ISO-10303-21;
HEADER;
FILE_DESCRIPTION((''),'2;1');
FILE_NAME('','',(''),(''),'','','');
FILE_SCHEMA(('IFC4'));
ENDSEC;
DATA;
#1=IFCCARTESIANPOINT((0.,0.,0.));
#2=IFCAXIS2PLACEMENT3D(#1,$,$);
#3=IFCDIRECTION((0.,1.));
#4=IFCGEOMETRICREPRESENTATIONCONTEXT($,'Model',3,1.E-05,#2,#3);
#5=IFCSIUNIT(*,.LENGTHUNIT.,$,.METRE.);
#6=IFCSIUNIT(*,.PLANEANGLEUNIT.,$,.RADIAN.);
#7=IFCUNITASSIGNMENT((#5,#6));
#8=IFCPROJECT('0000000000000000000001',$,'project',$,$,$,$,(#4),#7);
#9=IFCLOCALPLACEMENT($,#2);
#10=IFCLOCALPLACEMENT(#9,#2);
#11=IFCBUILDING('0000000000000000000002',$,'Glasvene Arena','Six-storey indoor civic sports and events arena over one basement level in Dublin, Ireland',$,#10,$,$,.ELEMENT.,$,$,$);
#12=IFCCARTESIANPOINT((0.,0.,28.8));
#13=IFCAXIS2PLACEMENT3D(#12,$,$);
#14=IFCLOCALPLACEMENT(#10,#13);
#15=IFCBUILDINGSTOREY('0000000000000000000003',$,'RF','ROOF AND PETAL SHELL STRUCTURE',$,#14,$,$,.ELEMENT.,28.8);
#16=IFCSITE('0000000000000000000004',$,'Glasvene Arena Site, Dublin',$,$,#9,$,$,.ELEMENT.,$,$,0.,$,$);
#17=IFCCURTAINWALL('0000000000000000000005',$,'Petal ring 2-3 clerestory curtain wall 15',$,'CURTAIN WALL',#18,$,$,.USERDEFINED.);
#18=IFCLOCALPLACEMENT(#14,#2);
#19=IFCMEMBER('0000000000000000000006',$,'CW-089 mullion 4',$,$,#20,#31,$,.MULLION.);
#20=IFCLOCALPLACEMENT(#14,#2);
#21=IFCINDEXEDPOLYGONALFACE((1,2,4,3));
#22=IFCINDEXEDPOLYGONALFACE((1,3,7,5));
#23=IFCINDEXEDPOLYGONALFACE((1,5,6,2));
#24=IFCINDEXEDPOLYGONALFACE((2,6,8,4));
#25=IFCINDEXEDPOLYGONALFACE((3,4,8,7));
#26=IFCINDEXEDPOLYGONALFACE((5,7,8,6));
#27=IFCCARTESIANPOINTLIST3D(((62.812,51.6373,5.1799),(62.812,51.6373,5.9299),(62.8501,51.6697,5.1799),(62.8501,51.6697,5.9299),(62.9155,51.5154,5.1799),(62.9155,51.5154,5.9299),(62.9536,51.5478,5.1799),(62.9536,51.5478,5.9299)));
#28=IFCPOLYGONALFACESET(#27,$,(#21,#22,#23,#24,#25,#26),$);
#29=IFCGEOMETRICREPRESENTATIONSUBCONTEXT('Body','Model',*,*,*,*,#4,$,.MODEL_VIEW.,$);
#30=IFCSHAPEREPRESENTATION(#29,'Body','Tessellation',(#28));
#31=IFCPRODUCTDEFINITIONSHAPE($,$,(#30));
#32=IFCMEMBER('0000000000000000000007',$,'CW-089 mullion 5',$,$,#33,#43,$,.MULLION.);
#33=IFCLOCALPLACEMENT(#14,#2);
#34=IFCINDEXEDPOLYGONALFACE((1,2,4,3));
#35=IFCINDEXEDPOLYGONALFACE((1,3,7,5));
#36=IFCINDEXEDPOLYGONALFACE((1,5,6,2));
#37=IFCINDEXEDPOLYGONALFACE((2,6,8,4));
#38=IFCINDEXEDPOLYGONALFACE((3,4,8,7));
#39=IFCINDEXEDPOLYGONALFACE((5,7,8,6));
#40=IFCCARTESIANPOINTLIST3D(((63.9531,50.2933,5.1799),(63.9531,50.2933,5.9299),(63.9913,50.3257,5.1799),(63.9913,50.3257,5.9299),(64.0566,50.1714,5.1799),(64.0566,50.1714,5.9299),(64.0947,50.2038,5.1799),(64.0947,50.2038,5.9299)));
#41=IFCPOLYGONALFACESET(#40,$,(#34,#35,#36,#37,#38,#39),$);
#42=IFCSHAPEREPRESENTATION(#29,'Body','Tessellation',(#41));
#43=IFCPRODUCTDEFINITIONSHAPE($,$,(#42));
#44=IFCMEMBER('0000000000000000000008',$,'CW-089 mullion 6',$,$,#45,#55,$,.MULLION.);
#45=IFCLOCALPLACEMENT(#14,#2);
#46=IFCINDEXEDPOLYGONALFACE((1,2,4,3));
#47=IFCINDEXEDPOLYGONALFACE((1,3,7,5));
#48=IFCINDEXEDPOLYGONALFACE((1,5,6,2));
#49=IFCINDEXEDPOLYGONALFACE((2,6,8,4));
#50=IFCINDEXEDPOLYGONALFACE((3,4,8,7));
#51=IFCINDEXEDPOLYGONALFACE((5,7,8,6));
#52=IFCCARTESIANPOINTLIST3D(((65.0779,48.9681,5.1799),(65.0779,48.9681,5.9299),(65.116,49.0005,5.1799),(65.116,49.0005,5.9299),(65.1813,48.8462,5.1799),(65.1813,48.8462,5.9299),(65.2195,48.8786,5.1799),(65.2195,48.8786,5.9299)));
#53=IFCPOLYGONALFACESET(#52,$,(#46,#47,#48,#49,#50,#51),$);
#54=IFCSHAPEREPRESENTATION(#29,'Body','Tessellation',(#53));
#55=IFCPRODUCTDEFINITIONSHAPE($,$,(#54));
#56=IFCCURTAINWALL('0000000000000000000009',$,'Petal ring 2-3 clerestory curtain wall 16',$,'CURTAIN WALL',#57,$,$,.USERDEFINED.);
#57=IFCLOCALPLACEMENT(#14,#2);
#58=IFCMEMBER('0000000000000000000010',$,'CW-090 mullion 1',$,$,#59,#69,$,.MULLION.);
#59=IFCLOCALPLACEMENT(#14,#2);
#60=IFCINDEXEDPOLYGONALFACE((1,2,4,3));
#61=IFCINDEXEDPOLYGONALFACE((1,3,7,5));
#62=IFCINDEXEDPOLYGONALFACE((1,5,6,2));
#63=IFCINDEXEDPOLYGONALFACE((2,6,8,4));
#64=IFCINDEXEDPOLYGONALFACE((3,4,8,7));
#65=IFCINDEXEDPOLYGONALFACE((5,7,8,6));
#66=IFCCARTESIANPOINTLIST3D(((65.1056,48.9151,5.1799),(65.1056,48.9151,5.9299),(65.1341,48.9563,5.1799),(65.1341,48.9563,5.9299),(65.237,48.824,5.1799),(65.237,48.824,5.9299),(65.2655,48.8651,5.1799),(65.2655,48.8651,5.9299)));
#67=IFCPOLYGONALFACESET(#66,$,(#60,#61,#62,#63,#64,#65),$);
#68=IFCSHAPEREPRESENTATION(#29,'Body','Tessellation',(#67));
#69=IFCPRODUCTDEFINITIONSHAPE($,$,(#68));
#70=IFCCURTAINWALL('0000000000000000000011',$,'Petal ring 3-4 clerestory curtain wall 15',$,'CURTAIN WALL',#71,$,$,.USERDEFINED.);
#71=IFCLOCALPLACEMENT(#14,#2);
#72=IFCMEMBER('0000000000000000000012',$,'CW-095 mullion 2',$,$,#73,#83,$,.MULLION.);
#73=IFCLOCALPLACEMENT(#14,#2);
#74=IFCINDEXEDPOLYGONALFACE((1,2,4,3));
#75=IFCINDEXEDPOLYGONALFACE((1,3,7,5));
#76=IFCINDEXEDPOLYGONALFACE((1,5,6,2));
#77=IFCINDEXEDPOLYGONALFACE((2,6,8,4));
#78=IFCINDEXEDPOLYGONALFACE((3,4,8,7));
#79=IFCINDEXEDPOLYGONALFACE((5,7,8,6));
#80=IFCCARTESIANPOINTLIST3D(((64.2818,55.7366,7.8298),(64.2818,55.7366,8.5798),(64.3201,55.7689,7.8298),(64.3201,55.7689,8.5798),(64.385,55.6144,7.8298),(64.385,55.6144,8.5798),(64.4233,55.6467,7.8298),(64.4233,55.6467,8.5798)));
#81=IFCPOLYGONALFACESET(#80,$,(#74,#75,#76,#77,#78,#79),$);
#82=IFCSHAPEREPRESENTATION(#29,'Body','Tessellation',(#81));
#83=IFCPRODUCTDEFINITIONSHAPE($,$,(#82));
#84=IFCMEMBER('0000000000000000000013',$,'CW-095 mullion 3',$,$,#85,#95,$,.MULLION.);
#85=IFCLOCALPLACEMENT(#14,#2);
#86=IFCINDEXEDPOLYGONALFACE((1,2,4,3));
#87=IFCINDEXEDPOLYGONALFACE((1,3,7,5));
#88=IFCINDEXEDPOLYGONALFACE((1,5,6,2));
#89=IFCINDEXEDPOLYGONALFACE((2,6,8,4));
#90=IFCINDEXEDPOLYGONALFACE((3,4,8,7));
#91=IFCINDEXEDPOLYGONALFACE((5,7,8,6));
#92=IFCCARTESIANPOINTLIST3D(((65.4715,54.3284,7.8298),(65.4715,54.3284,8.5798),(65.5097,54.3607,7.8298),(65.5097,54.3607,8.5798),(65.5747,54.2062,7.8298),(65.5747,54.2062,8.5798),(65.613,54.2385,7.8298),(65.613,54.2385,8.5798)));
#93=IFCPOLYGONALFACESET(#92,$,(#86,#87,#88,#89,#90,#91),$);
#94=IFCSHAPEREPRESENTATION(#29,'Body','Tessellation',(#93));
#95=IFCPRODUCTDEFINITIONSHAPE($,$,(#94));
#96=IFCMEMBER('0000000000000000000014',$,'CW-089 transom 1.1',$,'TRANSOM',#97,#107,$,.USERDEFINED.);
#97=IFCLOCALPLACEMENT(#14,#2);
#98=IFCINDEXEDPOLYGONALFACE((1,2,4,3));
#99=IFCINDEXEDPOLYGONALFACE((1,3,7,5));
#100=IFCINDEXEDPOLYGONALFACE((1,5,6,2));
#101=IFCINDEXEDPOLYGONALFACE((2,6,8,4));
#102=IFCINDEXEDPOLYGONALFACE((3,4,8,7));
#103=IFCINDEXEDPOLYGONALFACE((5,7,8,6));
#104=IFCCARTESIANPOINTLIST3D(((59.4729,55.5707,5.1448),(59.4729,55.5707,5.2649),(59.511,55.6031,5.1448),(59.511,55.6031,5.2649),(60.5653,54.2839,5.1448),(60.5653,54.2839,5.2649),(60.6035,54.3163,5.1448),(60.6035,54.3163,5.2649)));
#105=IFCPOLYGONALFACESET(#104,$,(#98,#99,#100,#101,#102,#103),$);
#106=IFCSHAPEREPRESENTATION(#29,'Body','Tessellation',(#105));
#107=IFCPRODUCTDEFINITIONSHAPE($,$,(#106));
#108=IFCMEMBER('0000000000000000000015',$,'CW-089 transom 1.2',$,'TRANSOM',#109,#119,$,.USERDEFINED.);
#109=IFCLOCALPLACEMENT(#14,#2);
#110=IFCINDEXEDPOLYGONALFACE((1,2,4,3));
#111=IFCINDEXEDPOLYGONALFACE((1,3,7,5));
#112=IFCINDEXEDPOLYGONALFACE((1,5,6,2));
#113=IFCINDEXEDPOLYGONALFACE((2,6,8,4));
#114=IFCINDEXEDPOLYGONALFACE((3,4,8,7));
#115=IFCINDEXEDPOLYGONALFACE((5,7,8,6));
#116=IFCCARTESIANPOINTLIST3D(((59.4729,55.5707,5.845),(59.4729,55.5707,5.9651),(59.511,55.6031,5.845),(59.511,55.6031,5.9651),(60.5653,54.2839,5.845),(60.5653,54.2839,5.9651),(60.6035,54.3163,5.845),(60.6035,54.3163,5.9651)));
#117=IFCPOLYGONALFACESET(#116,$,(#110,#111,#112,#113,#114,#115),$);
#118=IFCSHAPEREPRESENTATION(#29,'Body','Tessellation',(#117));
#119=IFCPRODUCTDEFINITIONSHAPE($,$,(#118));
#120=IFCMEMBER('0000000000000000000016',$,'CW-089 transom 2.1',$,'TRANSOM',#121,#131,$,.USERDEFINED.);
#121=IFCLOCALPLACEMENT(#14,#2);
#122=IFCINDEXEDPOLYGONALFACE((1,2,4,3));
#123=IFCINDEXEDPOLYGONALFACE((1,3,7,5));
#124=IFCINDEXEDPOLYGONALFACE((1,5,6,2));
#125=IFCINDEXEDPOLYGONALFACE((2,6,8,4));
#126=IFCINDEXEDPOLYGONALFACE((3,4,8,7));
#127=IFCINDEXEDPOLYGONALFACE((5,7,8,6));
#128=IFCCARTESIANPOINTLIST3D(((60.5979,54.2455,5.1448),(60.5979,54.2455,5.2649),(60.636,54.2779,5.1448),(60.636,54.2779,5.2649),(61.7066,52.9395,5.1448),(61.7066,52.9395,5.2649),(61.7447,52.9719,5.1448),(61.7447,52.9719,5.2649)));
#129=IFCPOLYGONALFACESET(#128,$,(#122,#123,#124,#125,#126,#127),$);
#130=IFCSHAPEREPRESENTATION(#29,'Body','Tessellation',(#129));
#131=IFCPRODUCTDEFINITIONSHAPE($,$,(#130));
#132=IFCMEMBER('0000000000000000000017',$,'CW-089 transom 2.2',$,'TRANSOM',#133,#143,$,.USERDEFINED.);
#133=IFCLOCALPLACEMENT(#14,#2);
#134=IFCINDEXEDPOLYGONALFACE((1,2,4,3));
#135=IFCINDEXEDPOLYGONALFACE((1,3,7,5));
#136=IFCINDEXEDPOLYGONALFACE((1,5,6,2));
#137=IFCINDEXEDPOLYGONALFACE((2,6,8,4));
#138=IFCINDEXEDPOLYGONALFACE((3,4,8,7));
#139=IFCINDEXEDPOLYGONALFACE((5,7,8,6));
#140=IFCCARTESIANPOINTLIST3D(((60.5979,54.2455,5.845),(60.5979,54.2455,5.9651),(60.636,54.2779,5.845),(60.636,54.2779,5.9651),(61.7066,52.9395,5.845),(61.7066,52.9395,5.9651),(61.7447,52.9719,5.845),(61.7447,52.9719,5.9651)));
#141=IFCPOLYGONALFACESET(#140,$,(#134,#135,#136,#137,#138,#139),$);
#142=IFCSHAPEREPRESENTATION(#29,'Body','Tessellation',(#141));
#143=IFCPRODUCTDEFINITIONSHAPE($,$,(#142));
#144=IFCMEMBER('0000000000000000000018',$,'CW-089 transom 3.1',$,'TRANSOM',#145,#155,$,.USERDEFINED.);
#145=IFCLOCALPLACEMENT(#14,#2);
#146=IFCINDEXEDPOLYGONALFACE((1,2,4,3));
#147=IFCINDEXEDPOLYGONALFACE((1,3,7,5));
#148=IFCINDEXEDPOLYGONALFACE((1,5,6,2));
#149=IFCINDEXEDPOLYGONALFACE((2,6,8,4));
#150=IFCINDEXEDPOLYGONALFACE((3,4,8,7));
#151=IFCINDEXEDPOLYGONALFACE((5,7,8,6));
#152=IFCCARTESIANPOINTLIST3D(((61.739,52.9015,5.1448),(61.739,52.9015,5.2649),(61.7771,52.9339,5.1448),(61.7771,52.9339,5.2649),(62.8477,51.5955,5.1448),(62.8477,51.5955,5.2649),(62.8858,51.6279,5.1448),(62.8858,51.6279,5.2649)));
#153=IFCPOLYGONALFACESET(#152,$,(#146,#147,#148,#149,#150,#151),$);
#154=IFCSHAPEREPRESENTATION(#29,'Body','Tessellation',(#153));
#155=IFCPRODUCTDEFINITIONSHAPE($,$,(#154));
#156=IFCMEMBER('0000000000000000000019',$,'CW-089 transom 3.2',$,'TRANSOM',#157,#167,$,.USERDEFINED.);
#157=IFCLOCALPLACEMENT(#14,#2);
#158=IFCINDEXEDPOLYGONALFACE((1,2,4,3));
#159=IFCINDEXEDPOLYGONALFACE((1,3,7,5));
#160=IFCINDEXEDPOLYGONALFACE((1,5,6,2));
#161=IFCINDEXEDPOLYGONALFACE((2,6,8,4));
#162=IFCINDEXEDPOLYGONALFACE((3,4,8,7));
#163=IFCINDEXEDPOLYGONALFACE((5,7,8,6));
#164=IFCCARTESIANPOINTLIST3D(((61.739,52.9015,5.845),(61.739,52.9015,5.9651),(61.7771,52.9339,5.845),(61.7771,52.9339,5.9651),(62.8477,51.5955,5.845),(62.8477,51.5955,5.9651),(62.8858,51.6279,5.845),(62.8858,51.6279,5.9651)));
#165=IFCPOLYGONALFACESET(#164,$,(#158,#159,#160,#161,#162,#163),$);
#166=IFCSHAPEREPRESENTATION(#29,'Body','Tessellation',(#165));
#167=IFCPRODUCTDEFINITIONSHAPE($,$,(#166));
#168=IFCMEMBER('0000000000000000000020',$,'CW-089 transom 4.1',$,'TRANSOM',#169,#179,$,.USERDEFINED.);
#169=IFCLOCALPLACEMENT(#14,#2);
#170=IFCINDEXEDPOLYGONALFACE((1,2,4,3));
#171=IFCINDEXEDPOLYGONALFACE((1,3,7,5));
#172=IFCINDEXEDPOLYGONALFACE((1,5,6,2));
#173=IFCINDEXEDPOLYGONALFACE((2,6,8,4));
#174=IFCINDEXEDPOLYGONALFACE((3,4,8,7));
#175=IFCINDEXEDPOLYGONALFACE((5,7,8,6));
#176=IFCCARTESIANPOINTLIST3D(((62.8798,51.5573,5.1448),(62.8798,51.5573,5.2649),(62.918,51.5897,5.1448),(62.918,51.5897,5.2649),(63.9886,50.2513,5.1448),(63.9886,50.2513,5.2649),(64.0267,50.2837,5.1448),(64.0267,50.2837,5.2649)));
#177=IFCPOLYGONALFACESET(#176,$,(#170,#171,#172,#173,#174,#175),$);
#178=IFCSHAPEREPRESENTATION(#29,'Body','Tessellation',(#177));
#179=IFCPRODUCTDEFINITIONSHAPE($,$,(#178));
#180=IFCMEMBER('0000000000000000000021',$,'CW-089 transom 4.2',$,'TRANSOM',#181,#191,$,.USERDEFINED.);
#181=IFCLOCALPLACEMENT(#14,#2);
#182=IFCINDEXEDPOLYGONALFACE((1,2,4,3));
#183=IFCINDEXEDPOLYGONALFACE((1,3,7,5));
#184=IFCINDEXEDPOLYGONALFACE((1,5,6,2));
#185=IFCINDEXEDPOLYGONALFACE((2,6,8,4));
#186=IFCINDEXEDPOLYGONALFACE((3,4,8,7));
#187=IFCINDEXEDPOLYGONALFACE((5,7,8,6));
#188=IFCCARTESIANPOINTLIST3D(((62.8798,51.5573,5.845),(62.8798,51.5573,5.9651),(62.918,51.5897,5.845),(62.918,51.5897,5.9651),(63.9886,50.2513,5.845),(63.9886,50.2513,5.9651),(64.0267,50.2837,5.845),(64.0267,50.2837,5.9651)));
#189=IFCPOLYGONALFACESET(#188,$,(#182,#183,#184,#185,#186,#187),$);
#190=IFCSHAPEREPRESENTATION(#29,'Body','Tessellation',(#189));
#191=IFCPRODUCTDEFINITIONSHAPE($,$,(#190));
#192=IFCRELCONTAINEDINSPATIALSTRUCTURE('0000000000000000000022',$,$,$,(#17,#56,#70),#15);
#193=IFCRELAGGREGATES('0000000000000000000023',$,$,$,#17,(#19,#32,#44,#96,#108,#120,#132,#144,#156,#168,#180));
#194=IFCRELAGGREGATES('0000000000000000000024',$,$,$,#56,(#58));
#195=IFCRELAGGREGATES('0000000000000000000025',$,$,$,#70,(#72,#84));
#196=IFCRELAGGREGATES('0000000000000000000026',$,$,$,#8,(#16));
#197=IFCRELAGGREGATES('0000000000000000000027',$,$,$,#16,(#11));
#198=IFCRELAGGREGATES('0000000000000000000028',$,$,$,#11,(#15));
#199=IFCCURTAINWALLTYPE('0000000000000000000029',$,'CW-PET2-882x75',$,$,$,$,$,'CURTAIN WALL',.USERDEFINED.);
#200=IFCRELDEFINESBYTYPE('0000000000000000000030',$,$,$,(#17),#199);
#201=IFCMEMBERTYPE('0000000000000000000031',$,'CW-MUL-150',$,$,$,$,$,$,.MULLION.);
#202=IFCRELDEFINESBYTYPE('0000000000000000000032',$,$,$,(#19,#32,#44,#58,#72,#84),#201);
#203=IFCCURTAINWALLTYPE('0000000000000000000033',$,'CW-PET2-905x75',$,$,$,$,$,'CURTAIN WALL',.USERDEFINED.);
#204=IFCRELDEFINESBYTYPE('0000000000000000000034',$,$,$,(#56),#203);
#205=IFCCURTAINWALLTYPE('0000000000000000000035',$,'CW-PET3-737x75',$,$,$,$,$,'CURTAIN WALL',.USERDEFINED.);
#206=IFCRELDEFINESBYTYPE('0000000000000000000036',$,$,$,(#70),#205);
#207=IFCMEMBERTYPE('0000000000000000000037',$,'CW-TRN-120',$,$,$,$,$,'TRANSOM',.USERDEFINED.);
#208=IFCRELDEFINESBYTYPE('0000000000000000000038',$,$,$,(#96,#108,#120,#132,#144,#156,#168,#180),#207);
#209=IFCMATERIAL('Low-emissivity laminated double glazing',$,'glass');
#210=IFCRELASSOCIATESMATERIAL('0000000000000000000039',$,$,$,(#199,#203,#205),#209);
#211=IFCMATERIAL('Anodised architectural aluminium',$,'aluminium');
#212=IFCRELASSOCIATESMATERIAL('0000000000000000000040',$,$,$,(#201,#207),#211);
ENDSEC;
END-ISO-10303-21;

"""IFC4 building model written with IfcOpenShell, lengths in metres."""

from ifc_helpers import new_model, si_unit, direction, frame, origin, origin_2d, place, context, subcontext, project, spatial, rectangle, extrude, material, material_profile, profile_set, type_object, element, aggregate, save


model = new_model("IFC4")

# Units and contexts
model_context = context("Model", 3, precision=1e-05, world=origin(), true_north=direction((0.0, 1.0)))
body_context = subcontext(model_context, "Body", "Model", "MODEL_VIEW")
ifc_project = project(units=[si_unit("LENGTHUNIT", "METRE"), si_unit("PLANEANGLEUNIT", "RADIAN")], contexts=[model_context])

# Site, building, storey
site_placement = place(None, origin())
site = spatial("IfcSite", under=ifc_project, at=site_placement, Name="Glasvene Arena Site, Dublin", CompositionType="ELEMENT", RefElevation=0.0)
building_placement = place(site_placement, origin())
building = spatial("IfcBuilding", under=site, at=building_placement, Name="Glasvene Arena", Description="Six-storey indoor civic sports and events arena over one basement level in Dublin, Ireland", CompositionType="ELEMENT")
storey_placement = place(building_placement, frame((0.0, 0.0, 28.8)))
storey = spatial("IfcBuildingStorey", under=building, at=storey_placement, Name="RF", Description="ROOF AND PETAL SHELL STRUCTURE", CompositionType="ELEMENT", Elevation=28.8)

# Curtain wall, members
ifc_material_1 = material(Name="Low-emissivity laminated double glazing", Category="glass")
curtain_wall_type_1 = type_object("IfcCurtainWallType", Name="CW-PET2-882x75", ElementType="CURTAIN WALL", PredefinedType="USERDEFINED", material=ifc_material_1)
curtain_wall_1_placement = place(storey_placement, frame((59.4597, 55.625, 0.0)))
curtain_wall_1 = element("IfcCurtainWall", 1, at=curtain_wall_1_placement, inside=storey, type_object=curtain_wall_type_1, Name="Petal ring 2-3 clerestory curtain wall 15", ObjectType="CURTAIN WALL", PredefinedType="USERDEFINED")
ifc_material_2 = material(Name="Anodised architectural aluminium", Category="aluminium")
ifc_material_profile_1 = material_profile(ifc_material_2, rectangle(XDim=0.05, YDim=0.1599, at=origin_2d()), Name="ALU MULLION 50x160")
ifc_profile_set_1 = profile_set([ifc_material_profile_1], Name="Anodised architectural aluminium")
member_type_1 = type_object("IfcMemberType", Name="CW-MUL-150", PredefinedType="MULLION", material=ifc_profile_set_1)
member_1_placement = place(storey_placement, frame((62.8828, 51.5925, 5.1799), z_axis=(0.0, 0.0, 1.0), x_axis=(0.762348, 0.647167, 0.0)))
member_1 = element("IfcMember", 2, at=member_1_placement, type_object=member_type_1, Name="CW-089 mullion 4", PredefinedType="MULLION", context=body_context, shape_type="SweptSolid", body=[
    extrude(rectangle(XDim=0.05, YDim=0.1599, at=origin_2d()), origin(), (0.0, 0.0, 1.0), 0.75),
])
member_2_placement = place(storey_placement, frame((64.0239, 50.2485, 5.1799), z_axis=(0.0, 0.0, 1.0), x_axis=(0.762348, 0.647167, 0.0)))
member_2 = element("IfcMember", 3, at=member_2_placement, type_object=member_type_1, Name="CW-089 mullion 5", PredefinedType="MULLION", context=body_context, shape_type="SweptSolid", body=[
    extrude(rectangle(XDim=0.05, YDim=0.1599, at=origin_2d()), origin(), (0.0, 0.0, 1.0), 0.75),
])
member_3_placement = place(storey_placement, frame((65.1487, 48.9233, 5.1799), z_axis=(0.0, 0.0, 1.0), x_axis=(0.762348, 0.647167, 0.0)))
member_3 = element("IfcMember", 4, at=member_3_placement, type_object=member_type_1, Name="CW-089 mullion 6", PredefinedType="MULLION", context=body_context, shape_type="SweptSolid", body=[
    extrude(rectangle(XDim=0.05, YDim=0.1599, at=origin_2d()), origin(), (0.0, 0.0, 1.0), 0.75),
])

# Curtain wall, member
curtain_wall_type_2 = type_object("IfcCurtainWallType", Name="CW-PET2-905x75", ElementType="CURTAIN WALL", PredefinedType="USERDEFINED", material=ifc_material_1)
curtain_wall_2_placement = place(storey_placement, frame((65.1648, 48.9043, 0.0)))
curtain_wall_2 = element("IfcCurtainWall", 5, at=curtain_wall_2_placement, inside=storey, type_object=curtain_wall_type_2, Name="Petal ring 2-3 clerestory curtain wall 16", ObjectType="CURTAIN WALL", PredefinedType="USERDEFINED")
member_4_placement = place(storey_placement, frame((65.1855, 48.8901, 5.1799), z_axis=(0.0, 0.0, 1.0), x_axis=(0.569921, 0.821699, 0.0)))
member_4 = element("IfcMember", 6, at=member_4_placement, type_object=member_type_1, Name="CW-090 mullion 1", PredefinedType="MULLION", context=body_context, shape_type="SweptSolid", body=[
    extrude(rectangle(XDim=0.05, YDim=0.1599, at=origin_2d()), origin(), (0.0, 0.0, 1.0), 0.75),
])

# Curtain wall, members
curtain_wall_type_3 = type_object("IfcCurtainWallType", Name="CW-PET3-737x75", ElementType="CURTAIN WALL", PredefinedType="USERDEFINED", material=ifc_material_1)
curtain_wall_3_placement = place(storey_placement, frame((63.1626, 57.1001, 0.0)))
curtain_wall_3 = element("IfcCurtainWall", 7, at=curtain_wall_3_placement, inside=storey, type_object=curtain_wall_type_3, Name="Petal ring 3-4 clerestory curtain wall 15", ObjectType="CURTAIN WALL", PredefinedType="USERDEFINED")
member_5_placement = place(storey_placement, frame((64.3525, 55.6917, 7.8298), z_axis=(0.0, 0.0, 1.0), x_axis=(0.76385, 0.645394, 0.0)))
member_5 = element("IfcMember", 8, at=member_5_placement, type_object=member_type_1, Name="CW-095 mullion 2", PredefinedType="MULLION", context=body_context, shape_type="SweptSolid", body=[
    extrude(rectangle(XDim=0.05, YDim=0.1599, at=origin_2d()), origin(), (0.0, 0.0, 1.0), 0.75),
])
member_6_placement = place(storey_placement, frame((65.5422, 54.2834, 7.8298), z_axis=(0.0, 0.0, 1.0), x_axis=(0.76385, 0.645394, 0.0)))
member_6 = element("IfcMember", 9, at=member_6_placement, type_object=member_type_1, Name="CW-095 mullion 3", PredefinedType="MULLION", context=body_context, shape_type="SweptSolid", body=[
    extrude(rectangle(XDim=0.05, YDim=0.1599, at=origin_2d()), origin(), (0.0, 0.0, 1.0), 0.75),
])

# Members
ifc_material_profile_2 = material_profile(ifc_material_2, rectangle(XDim=0.05, YDim=0.1201, at=origin_2d()), Name="ALU TRANSOM 50x120")
ifc_profile_set_2 = profile_set([ifc_material_profile_2], Name="Anodised architectural aluminium")
member_type_2 = type_object("IfcMemberType", Name="CW-TRN-120", ElementType="TRANSOM", PredefinedType="USERDEFINED", material=ifc_profile_set_2)
member_7_placement = place(storey_placement, frame((59.4919, 55.5869, 5.2048), z_axis=(0.647199, -0.762321, 0.0), x_axis=(0.762321, 0.647199, 0.0)))
member_7 = element("IfcMember", 10, at=member_7_placement, type_object=member_type_2, Name="CW-089 transom 1.1", ObjectType="TRANSOM", PredefinedType="USERDEFINED", context=body_context, shape_type="SweptSolid", body=[
    extrude(rectangle(XDim=0.05, YDim=0.1201, at=origin_2d()), origin(), (0.0, 0.0, 1.0), 1.688),
])
member_8_placement = place(storey_placement, frame((59.4919, 55.5869, 5.905), z_axis=(0.647199, -0.762321, 0.0), x_axis=(0.762321, 0.647199, 0.0)))
member_8 = element("IfcMember", 11, at=member_8_placement, type_object=member_type_2, Name="CW-089 transom 1.2", ObjectType="TRANSOM", PredefinedType="USERDEFINED", context=body_context, shape_type="SweptSolid", body=[
    extrude(rectangle(XDim=0.05, YDim=0.1201, at=origin_2d()), origin(), (0.0, 0.0, 1.0), 1.688),
])
member_9_placement = place(storey_placement, frame((60.6169, 54.2617, 5.2048), z_axis=(0.647181, -0.762337, 0.0), x_axis=(0.762337, 0.647181, 0.0)))
member_9 = element("IfcMember", 12, at=member_9_placement, type_object=member_type_2, Name="CW-089 transom 2.1", ObjectType="TRANSOM", PredefinedType="USERDEFINED", context=body_context, shape_type="SweptSolid", body=[
    extrude(rectangle(XDim=0.05, YDim=0.1201, at=origin_2d()), origin(), (0.0, 0.0, 1.0), 1.7131),
])
member_10_placement = place(storey_placement, frame((60.6169, 54.2617, 5.905), z_axis=(0.647181, -0.762337, 0.0), x_axis=(0.762337, 0.647181, 0.0)))
member_10 = element("IfcMember", 13, at=member_10_placement, type_object=member_type_2, Name="CW-089 transom 2.2", ObjectType="TRANSOM", PredefinedType="USERDEFINED", context=body_context, shape_type="SweptSolid", body=[
    extrude(rectangle(XDim=0.05, YDim=0.1201, at=origin_2d()), origin(), (0.0, 0.0, 1.0), 1.7131),
])
member_11_placement = place(storey_placement, frame((61.7581, 52.9177, 5.2048), z_axis=(0.647181, -0.762337, 0.0), x_axis=(0.762337, 0.647181, 0.0)))
member_11 = element("IfcMember", 14, at=member_11_placement, type_object=member_type_2, Name="CW-089 transom 3.1", ObjectType="TRANSOM", PredefinedType="USERDEFINED", context=body_context, shape_type="SweptSolid", body=[
    extrude(rectangle(XDim=0.05, YDim=0.1201, at=origin_2d()), origin(), (0.0, 0.0, 1.0), 1.7131),
])
member_12_placement = place(storey_placement, frame((61.7581, 52.9177, 5.905), z_axis=(0.647181, -0.762337, 0.0), x_axis=(0.762337, 0.647181, 0.0)))
member_12 = element("IfcMember", 15, at=member_12_placement, type_object=member_type_2, Name="CW-089 transom 3.2", ObjectType="TRANSOM", PredefinedType="USERDEFINED", context=body_context, shape_type="SweptSolid", body=[
    extrude(rectangle(XDim=0.05, YDim=0.1201, at=origin_2d()), origin(), (0.0, 0.0, 1.0), 1.7131),
])
member_13_placement = place(storey_placement, frame((62.8989, 51.5735, 5.2048), z_axis=(0.647181, -0.762337, 0.0), x_axis=(0.762337, 0.647181, 0.0)))
member_13 = element("IfcMember", 16, at=member_13_placement, type_object=member_type_2, Name="CW-089 transom 4.1", ObjectType="TRANSOM", PredefinedType="USERDEFINED", context=body_context, shape_type="SweptSolid", body=[
    extrude(rectangle(XDim=0.05, YDim=0.1201, at=origin_2d()), origin(), (0.0, 0.0, 1.0), 1.7131),
])
member_14_placement = place(storey_placement, frame((62.8989, 51.5735, 5.905), z_axis=(0.647181, -0.762337, 0.0), x_axis=(0.762337, 0.647181, 0.0)))
member_14 = element("IfcMember", 17, at=member_14_placement, type_object=member_type_2, Name="CW-089 transom 4.2", ObjectType="TRANSOM", PredefinedType="USERDEFINED", context=body_context, shape_type="SweptSolid", body=[
    extrude(rectangle(XDim=0.05, YDim=0.1201, at=origin_2d()), origin(), (0.0, 0.0, 1.0), 1.7131),
])

aggregate(curtain_wall_1, [member_1, member_2, member_3, member_7, member_8, member_9, member_10, member_11, member_12, member_13, member_14])
aggregate(curtain_wall_2, [member_4])
aggregate(curtain_wall_3, [member_5, member_6])

save(model, "model.ifc")
